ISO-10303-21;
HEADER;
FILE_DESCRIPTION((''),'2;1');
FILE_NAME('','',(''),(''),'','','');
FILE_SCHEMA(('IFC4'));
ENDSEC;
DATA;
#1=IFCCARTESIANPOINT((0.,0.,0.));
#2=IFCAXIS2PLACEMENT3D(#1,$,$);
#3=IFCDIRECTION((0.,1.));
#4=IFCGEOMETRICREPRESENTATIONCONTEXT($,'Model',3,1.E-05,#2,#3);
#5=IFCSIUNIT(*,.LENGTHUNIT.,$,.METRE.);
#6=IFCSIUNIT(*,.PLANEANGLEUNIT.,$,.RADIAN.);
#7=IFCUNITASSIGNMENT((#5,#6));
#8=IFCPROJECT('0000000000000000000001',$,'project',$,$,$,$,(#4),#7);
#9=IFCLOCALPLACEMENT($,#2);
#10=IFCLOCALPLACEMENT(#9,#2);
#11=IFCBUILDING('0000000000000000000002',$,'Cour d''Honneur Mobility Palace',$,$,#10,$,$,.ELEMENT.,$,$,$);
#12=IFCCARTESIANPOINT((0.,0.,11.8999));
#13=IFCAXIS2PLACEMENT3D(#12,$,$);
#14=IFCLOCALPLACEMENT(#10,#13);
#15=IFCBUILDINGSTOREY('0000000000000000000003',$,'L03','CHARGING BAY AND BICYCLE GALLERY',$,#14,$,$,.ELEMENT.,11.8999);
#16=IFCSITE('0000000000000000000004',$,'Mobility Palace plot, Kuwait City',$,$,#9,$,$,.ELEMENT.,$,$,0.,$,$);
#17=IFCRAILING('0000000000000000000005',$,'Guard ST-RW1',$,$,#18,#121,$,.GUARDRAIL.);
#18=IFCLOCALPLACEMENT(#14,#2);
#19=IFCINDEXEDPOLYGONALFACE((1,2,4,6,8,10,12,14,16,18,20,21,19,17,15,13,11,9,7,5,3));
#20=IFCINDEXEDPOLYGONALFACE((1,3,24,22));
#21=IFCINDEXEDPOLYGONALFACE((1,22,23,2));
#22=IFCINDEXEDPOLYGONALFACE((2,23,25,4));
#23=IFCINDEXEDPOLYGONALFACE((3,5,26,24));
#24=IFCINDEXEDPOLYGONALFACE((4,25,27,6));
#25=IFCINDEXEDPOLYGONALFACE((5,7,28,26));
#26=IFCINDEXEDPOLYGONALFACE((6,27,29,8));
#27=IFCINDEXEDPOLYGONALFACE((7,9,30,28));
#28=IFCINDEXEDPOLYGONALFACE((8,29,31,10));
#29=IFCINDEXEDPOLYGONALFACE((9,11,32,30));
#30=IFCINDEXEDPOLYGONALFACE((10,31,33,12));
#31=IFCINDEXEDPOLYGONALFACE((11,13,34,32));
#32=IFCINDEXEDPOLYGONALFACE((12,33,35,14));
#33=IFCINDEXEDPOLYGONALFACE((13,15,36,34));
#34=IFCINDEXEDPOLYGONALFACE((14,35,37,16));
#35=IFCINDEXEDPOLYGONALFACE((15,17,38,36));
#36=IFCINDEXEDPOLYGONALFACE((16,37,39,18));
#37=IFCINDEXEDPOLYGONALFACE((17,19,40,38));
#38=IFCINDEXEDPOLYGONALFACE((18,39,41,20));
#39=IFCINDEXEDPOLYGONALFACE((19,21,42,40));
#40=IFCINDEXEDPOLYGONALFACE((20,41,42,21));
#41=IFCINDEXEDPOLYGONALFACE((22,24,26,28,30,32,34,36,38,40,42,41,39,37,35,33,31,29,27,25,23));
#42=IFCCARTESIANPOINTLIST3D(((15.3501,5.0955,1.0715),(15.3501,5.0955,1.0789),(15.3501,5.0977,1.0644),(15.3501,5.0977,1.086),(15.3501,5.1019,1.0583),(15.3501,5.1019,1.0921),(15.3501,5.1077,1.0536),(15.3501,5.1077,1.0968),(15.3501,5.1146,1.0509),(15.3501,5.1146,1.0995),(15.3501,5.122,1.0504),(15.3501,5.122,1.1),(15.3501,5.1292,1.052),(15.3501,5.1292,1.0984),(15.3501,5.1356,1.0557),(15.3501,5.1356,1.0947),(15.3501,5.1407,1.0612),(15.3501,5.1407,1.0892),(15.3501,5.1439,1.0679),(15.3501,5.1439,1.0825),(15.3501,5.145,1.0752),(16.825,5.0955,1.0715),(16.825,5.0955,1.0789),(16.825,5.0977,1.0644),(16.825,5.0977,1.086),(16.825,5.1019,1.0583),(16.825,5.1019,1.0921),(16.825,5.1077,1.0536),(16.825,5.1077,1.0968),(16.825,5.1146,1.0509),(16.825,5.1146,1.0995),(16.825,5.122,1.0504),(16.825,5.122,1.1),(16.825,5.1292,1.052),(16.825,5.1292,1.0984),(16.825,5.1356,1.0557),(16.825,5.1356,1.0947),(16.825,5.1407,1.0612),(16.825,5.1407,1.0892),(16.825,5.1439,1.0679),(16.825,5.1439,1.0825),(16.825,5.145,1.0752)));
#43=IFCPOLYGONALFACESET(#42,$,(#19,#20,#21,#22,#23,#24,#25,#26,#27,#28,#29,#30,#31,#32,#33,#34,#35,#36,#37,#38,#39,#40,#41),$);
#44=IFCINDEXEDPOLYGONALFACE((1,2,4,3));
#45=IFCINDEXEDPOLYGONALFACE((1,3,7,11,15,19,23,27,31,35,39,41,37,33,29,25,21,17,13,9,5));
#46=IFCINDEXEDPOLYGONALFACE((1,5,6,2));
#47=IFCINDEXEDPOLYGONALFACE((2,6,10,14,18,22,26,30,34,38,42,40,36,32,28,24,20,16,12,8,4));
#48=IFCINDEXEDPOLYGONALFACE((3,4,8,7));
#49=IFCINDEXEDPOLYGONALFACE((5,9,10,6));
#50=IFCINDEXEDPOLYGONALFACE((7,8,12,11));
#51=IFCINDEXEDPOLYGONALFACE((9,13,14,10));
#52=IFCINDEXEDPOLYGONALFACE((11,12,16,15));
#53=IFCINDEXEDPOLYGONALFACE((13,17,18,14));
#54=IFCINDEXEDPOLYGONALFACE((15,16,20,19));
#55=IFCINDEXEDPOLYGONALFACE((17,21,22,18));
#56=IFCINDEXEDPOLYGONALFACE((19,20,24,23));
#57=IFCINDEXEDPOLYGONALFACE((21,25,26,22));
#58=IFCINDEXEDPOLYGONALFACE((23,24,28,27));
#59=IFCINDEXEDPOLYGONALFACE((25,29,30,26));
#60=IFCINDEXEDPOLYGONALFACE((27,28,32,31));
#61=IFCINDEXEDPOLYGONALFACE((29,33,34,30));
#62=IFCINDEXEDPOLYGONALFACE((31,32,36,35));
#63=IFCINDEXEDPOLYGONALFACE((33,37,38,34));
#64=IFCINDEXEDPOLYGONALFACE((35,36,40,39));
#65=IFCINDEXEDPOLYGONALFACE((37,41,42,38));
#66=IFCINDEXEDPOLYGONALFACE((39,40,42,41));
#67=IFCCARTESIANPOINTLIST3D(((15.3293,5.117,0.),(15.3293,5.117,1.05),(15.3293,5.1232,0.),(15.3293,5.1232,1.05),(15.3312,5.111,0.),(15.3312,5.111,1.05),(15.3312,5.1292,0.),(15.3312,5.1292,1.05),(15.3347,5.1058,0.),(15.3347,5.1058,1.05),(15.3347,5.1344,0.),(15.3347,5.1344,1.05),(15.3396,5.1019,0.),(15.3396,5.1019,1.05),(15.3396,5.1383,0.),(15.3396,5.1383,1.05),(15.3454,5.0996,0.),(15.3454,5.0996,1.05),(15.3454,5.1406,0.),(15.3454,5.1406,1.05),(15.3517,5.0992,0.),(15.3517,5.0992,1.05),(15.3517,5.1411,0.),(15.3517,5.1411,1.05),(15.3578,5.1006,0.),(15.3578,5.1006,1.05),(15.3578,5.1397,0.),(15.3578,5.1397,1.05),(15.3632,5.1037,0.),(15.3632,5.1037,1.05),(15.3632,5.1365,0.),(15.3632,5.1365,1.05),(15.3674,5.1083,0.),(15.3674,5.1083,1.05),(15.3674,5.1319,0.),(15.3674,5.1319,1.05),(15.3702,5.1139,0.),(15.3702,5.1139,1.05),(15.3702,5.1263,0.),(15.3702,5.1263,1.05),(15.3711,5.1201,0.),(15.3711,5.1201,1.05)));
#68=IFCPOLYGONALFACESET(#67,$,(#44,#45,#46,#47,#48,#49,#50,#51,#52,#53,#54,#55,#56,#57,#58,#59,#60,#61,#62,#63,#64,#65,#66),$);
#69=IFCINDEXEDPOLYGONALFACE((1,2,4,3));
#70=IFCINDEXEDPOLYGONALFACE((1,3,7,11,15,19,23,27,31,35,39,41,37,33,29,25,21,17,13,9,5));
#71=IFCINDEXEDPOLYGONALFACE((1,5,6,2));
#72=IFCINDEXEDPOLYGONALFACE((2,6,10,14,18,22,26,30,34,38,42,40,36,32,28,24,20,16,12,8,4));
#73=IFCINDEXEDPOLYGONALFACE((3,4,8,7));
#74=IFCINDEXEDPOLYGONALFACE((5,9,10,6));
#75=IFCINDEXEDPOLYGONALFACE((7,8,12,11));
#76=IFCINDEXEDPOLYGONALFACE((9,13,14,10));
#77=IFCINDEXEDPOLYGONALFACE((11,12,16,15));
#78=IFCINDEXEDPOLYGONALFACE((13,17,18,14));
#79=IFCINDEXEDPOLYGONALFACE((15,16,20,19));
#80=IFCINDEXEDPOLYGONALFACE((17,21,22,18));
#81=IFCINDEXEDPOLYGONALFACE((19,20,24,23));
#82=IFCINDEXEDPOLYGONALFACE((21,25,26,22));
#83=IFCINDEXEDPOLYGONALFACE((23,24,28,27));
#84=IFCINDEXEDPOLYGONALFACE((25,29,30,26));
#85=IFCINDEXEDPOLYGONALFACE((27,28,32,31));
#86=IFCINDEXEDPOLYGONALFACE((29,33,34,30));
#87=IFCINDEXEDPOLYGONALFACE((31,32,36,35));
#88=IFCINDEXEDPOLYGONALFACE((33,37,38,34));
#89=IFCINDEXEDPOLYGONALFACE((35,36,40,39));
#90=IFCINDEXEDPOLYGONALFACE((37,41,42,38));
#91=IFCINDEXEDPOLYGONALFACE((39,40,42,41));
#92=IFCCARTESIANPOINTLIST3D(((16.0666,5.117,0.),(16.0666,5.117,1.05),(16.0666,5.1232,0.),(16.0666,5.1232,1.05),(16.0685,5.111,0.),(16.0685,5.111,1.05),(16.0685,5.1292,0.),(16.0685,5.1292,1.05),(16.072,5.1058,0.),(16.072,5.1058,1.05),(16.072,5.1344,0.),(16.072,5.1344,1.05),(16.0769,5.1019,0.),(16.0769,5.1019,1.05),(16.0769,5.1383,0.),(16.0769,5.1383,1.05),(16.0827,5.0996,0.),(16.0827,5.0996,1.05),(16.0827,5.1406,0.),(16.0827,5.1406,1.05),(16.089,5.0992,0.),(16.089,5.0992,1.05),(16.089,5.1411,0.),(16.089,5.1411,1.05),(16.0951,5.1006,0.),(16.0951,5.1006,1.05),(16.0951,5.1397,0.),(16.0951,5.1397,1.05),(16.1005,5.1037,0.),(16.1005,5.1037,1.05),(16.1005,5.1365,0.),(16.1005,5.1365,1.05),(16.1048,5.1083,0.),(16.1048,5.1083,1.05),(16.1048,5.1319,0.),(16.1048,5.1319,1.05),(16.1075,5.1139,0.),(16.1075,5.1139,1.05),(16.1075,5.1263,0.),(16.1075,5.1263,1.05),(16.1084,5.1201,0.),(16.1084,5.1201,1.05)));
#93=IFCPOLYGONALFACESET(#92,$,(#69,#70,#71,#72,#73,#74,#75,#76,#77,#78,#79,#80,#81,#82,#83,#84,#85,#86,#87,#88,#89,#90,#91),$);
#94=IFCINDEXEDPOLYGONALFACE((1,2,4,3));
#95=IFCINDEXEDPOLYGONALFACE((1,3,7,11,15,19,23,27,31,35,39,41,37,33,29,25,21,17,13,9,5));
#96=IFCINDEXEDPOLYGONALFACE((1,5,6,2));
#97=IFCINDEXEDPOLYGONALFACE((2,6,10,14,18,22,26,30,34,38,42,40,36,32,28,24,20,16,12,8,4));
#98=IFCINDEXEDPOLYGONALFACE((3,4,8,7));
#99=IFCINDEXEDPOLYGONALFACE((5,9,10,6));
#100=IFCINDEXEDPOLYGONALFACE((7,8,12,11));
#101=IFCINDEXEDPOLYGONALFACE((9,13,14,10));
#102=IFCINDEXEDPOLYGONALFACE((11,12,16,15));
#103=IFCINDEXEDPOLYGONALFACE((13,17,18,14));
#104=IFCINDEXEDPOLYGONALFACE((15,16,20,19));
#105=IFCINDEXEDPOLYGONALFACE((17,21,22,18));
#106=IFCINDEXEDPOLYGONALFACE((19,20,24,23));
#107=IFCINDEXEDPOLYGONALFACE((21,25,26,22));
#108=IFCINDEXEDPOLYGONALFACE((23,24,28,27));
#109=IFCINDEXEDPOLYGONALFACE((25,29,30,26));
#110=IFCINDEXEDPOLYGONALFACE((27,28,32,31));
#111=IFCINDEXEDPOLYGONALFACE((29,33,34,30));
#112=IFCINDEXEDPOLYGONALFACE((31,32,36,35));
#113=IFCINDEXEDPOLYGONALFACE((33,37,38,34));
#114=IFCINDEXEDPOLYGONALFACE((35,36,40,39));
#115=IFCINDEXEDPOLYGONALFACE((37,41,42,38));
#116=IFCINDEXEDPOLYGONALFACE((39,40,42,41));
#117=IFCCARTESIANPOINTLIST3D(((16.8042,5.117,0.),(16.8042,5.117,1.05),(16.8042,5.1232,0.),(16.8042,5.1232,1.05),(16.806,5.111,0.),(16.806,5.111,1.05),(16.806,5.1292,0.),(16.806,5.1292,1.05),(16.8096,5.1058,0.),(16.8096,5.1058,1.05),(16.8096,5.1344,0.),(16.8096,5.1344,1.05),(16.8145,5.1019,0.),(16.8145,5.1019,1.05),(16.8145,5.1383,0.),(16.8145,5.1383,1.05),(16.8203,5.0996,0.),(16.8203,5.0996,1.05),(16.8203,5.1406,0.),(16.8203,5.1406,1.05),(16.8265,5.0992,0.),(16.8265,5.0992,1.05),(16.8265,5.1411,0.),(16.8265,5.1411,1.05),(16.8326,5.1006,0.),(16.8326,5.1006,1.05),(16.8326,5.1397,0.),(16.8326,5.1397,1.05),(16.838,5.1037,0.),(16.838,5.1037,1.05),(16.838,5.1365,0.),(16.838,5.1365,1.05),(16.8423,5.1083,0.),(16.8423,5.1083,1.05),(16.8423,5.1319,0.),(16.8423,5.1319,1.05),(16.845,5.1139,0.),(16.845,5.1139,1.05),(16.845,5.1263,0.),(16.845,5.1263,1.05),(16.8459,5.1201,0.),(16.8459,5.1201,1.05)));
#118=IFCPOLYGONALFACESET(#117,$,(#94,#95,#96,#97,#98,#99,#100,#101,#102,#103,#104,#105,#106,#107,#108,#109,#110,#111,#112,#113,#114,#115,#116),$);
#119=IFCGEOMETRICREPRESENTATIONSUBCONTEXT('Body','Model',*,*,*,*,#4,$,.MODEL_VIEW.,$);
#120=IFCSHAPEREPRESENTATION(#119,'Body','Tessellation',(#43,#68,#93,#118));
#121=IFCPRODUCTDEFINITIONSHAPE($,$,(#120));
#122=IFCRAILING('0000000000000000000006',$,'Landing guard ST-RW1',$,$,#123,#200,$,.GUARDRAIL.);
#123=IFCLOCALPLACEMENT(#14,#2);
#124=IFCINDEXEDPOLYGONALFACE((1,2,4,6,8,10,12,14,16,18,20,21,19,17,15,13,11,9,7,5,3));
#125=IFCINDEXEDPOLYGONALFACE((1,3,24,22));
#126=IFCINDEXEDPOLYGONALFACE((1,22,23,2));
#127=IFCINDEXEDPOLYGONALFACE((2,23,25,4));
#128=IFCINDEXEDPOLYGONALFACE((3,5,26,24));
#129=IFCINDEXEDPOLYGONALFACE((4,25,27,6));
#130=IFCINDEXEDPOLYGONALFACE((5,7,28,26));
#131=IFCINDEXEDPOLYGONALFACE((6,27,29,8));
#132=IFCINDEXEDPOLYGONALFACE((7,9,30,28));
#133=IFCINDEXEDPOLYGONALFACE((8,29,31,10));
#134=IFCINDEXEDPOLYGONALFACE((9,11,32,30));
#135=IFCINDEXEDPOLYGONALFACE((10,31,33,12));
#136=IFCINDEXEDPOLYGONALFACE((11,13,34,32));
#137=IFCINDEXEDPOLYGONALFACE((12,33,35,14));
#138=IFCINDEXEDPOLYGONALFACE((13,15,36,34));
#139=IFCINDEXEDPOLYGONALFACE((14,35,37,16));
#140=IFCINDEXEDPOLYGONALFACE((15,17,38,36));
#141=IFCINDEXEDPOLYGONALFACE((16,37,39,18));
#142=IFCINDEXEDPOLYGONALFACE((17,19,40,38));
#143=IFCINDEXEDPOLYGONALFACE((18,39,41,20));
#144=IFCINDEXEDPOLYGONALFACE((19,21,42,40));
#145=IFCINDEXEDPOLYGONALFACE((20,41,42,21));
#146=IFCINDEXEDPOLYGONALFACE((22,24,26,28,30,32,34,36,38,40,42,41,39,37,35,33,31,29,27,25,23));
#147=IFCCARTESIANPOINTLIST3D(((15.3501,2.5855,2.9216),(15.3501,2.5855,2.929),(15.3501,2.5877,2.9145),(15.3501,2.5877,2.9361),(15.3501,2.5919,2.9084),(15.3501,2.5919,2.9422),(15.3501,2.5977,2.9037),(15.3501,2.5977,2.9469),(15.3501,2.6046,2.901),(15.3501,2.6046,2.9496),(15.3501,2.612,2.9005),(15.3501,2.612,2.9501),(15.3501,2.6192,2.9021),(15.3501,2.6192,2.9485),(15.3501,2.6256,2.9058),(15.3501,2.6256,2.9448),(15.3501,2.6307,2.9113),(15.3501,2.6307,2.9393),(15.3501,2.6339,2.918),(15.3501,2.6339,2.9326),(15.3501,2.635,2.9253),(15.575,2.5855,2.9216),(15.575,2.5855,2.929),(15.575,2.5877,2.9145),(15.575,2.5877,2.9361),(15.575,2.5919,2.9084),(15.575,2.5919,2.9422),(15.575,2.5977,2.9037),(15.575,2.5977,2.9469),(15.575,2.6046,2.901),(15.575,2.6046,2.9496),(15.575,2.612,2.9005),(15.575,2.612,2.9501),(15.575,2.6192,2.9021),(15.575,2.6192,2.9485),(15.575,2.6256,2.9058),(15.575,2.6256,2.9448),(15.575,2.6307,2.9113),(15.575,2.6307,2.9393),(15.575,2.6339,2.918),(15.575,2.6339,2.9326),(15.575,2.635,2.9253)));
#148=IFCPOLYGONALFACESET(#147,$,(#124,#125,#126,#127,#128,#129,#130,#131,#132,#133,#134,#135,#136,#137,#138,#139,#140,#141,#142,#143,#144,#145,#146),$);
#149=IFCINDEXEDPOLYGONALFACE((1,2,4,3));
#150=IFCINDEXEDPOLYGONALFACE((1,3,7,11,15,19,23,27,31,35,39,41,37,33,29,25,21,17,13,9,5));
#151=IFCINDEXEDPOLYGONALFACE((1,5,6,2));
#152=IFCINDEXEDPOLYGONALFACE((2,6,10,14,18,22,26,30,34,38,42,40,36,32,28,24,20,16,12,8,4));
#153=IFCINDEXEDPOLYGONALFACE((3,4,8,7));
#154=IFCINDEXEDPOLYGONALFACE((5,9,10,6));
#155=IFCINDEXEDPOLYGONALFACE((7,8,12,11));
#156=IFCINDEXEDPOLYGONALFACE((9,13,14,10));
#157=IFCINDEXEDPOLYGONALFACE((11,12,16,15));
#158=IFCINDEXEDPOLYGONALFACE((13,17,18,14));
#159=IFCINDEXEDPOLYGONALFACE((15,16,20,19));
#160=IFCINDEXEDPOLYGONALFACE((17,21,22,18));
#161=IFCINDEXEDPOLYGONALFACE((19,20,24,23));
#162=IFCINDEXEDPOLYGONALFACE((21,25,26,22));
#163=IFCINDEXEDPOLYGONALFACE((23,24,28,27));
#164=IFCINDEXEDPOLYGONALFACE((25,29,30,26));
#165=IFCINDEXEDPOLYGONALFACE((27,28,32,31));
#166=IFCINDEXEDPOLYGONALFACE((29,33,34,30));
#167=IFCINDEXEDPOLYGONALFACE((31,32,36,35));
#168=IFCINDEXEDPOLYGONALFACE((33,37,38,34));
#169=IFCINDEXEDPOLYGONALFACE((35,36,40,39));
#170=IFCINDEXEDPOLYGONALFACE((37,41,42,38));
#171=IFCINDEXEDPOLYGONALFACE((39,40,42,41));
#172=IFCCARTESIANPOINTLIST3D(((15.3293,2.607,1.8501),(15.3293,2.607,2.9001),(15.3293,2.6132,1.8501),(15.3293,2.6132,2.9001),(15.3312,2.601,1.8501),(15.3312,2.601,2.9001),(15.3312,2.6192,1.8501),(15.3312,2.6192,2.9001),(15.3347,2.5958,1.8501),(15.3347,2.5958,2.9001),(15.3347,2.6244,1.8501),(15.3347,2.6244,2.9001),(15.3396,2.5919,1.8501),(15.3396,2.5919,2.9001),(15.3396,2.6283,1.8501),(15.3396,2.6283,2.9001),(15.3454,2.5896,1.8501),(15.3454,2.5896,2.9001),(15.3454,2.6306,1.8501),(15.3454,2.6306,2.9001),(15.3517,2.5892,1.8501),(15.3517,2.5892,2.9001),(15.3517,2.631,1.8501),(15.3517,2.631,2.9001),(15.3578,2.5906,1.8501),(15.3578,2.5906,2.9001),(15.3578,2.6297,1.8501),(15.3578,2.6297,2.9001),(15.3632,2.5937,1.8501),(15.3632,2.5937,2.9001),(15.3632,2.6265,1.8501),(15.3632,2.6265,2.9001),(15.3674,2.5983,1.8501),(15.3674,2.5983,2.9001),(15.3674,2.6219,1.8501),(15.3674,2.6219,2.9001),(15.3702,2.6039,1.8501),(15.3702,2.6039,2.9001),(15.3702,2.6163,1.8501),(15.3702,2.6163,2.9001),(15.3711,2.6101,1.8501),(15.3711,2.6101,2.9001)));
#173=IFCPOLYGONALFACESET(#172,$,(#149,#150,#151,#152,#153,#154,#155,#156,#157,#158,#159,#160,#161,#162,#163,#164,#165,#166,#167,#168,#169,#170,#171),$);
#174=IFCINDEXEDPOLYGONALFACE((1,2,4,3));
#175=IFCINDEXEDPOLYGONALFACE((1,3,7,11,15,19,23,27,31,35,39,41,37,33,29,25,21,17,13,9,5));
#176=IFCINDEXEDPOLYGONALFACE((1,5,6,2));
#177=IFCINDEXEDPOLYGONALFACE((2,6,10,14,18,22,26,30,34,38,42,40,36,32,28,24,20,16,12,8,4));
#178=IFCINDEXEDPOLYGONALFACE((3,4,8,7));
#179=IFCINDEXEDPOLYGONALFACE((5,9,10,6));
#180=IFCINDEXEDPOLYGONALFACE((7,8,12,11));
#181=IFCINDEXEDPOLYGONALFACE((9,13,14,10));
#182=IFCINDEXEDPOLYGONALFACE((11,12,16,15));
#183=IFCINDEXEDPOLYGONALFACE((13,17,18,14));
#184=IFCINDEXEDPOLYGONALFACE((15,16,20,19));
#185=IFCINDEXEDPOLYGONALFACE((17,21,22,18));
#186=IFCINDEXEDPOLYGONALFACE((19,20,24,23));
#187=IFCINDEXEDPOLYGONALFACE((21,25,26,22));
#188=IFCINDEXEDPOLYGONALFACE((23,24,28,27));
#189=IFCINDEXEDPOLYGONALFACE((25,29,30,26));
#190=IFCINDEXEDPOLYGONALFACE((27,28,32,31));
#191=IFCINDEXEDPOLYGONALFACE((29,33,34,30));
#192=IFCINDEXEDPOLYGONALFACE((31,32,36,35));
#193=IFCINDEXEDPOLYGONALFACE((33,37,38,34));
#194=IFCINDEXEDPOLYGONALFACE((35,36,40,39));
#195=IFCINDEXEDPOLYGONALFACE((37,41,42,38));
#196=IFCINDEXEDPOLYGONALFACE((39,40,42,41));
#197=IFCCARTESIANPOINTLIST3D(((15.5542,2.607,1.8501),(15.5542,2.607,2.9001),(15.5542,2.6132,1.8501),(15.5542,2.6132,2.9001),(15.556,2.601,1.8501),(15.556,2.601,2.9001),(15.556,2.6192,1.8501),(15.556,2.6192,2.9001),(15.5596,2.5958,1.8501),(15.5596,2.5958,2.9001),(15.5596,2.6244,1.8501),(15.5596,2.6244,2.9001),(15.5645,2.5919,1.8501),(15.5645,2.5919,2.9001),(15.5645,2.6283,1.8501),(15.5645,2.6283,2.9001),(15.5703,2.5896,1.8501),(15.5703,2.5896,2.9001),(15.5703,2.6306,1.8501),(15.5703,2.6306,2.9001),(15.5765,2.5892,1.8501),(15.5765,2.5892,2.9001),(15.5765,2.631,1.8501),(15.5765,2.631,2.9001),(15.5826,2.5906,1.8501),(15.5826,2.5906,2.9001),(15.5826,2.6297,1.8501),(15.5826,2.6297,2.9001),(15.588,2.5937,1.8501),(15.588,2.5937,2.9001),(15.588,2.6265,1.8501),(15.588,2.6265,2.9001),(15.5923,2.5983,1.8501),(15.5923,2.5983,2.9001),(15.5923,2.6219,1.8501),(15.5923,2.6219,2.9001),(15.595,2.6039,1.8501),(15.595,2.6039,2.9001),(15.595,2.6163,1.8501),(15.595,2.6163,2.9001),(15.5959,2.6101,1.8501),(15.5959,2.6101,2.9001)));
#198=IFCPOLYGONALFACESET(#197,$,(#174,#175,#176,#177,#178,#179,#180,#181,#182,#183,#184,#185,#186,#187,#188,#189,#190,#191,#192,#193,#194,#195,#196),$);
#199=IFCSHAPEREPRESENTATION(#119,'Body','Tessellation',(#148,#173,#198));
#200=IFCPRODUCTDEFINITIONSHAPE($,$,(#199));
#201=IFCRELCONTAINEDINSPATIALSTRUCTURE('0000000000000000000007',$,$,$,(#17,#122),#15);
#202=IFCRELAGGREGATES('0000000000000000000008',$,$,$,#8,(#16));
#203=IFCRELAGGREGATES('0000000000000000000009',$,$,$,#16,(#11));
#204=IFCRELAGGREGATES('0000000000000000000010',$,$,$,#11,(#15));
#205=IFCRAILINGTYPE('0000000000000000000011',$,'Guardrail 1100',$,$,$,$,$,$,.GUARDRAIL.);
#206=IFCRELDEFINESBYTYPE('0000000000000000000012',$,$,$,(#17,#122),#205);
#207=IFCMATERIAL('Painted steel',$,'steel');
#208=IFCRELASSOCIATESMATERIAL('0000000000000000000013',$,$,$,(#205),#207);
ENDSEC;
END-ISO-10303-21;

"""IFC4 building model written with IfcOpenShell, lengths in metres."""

from ifc_helpers import new_model, si_unit, direction, frame, origin, origin_2d, place, context, subcontext, project, spatial, circle, extrude, material, type_object, element, save


model = new_model("IFC4")

# Units and contexts
model_context = context("Model", 3, precision=1e-05, world=origin(), true_north=direction((0.0, 1.0)))
body_context = subcontext(model_context, "Body", "Model", "MODEL_VIEW")
ifc_project = project(units=[si_unit("LENGTHUNIT", "METRE"), si_unit("PLANEANGLEUNIT", "RADIAN")], contexts=[model_context])

# Site, building, storey
site_placement = place(None, origin())
site = spatial("IfcSite", under=ifc_project, at=site_placement, Name="Mobility Palace plot, Kuwait City", CompositionType="ELEMENT", RefElevation=0.0)
building_placement = place(site_placement, origin())
building = spatial("IfcBuilding", under=site, at=building_placement, Name="Cour d'Honneur Mobility Palace", CompositionType="ELEMENT")
storey_placement = place(building_placement, frame((0.0, 0.0, 11.8999)))
storey = spatial("IfcBuildingStorey", under=building, at=storey_placement, Name="L03", Description="CHARGING BAY AND BICYCLE GALLERY", CompositionType="ELEMENT", Elevation=11.8999)

# Railings
ifc_material_1 = material(Name="Painted steel", Category="steel")
railing_type_1 = type_object("IfcRailingType", Name="Guardrail 1100", PredefinedType="GUARDRAIL", material=ifc_material_1)
railing_1_placement = place(storey_placement, frame((15.3501, 5.1201, 0.0)))
element("IfcRailing", 1, at=railing_1_placement, inside=storey, type_object=railing_type_1, Name="Guard ST-RW1", PredefinedType="GUARDRAIL", context=body_context, shape_type="SweptSolid", body=[
    extrude(circle(Radius=0.0249, at=origin_2d()), frame((0.0, 0.0, 1.0752), z_axis=(1.0, 0.0, 0.0), x_axis=(0.0, 1.0, 0.0)), (0.0, 0.0, 1.0), 1.4749),
    extrude(circle(Radius=0.021, at=origin_2d()), origin(), (0.0, 0.0, 1.0), 1.05),
    extrude(circle(Radius=0.021, at=origin_2d()), frame((0.7373, 0.0, 0.0)), (0.0, 0.0, 1.0), 1.05),
    extrude(circle(Radius=0.021, at=origin_2d()), frame((1.4749, 0.0, 0.0)), (0.0, 0.0, 1.0), 1.05),
])
railing_2_placement = place(storey_placement, frame((15.3501, 2.6101, 1.8501)))
element("IfcRailing", 2, at=railing_2_placement, inside=storey, type_object=railing_type_1, Name="Landing guard ST-RW1", PredefinedType="GUARDRAIL", context=body_context, shape_type="SweptSolid", body=[
    extrude(circle(Radius=0.0249, at=origin_2d()), frame((0.0, 0.0, 1.0752), z_axis=(1.0, 0.0, 0.0), x_axis=(0.0, 1.0, 0.0)), (0.0, 0.0, 1.0), 0.2249),
    extrude(circle(Radius=0.021, at=origin_2d()), origin(), (0.0, 0.0, 1.0), 1.05),
    extrude(circle(Radius=0.021, at=origin_2d()), frame((0.2249, 0.0, 0.0)), (0.0, 0.0, 1.0), 1.05),
])

save(model, "model.ifc")
